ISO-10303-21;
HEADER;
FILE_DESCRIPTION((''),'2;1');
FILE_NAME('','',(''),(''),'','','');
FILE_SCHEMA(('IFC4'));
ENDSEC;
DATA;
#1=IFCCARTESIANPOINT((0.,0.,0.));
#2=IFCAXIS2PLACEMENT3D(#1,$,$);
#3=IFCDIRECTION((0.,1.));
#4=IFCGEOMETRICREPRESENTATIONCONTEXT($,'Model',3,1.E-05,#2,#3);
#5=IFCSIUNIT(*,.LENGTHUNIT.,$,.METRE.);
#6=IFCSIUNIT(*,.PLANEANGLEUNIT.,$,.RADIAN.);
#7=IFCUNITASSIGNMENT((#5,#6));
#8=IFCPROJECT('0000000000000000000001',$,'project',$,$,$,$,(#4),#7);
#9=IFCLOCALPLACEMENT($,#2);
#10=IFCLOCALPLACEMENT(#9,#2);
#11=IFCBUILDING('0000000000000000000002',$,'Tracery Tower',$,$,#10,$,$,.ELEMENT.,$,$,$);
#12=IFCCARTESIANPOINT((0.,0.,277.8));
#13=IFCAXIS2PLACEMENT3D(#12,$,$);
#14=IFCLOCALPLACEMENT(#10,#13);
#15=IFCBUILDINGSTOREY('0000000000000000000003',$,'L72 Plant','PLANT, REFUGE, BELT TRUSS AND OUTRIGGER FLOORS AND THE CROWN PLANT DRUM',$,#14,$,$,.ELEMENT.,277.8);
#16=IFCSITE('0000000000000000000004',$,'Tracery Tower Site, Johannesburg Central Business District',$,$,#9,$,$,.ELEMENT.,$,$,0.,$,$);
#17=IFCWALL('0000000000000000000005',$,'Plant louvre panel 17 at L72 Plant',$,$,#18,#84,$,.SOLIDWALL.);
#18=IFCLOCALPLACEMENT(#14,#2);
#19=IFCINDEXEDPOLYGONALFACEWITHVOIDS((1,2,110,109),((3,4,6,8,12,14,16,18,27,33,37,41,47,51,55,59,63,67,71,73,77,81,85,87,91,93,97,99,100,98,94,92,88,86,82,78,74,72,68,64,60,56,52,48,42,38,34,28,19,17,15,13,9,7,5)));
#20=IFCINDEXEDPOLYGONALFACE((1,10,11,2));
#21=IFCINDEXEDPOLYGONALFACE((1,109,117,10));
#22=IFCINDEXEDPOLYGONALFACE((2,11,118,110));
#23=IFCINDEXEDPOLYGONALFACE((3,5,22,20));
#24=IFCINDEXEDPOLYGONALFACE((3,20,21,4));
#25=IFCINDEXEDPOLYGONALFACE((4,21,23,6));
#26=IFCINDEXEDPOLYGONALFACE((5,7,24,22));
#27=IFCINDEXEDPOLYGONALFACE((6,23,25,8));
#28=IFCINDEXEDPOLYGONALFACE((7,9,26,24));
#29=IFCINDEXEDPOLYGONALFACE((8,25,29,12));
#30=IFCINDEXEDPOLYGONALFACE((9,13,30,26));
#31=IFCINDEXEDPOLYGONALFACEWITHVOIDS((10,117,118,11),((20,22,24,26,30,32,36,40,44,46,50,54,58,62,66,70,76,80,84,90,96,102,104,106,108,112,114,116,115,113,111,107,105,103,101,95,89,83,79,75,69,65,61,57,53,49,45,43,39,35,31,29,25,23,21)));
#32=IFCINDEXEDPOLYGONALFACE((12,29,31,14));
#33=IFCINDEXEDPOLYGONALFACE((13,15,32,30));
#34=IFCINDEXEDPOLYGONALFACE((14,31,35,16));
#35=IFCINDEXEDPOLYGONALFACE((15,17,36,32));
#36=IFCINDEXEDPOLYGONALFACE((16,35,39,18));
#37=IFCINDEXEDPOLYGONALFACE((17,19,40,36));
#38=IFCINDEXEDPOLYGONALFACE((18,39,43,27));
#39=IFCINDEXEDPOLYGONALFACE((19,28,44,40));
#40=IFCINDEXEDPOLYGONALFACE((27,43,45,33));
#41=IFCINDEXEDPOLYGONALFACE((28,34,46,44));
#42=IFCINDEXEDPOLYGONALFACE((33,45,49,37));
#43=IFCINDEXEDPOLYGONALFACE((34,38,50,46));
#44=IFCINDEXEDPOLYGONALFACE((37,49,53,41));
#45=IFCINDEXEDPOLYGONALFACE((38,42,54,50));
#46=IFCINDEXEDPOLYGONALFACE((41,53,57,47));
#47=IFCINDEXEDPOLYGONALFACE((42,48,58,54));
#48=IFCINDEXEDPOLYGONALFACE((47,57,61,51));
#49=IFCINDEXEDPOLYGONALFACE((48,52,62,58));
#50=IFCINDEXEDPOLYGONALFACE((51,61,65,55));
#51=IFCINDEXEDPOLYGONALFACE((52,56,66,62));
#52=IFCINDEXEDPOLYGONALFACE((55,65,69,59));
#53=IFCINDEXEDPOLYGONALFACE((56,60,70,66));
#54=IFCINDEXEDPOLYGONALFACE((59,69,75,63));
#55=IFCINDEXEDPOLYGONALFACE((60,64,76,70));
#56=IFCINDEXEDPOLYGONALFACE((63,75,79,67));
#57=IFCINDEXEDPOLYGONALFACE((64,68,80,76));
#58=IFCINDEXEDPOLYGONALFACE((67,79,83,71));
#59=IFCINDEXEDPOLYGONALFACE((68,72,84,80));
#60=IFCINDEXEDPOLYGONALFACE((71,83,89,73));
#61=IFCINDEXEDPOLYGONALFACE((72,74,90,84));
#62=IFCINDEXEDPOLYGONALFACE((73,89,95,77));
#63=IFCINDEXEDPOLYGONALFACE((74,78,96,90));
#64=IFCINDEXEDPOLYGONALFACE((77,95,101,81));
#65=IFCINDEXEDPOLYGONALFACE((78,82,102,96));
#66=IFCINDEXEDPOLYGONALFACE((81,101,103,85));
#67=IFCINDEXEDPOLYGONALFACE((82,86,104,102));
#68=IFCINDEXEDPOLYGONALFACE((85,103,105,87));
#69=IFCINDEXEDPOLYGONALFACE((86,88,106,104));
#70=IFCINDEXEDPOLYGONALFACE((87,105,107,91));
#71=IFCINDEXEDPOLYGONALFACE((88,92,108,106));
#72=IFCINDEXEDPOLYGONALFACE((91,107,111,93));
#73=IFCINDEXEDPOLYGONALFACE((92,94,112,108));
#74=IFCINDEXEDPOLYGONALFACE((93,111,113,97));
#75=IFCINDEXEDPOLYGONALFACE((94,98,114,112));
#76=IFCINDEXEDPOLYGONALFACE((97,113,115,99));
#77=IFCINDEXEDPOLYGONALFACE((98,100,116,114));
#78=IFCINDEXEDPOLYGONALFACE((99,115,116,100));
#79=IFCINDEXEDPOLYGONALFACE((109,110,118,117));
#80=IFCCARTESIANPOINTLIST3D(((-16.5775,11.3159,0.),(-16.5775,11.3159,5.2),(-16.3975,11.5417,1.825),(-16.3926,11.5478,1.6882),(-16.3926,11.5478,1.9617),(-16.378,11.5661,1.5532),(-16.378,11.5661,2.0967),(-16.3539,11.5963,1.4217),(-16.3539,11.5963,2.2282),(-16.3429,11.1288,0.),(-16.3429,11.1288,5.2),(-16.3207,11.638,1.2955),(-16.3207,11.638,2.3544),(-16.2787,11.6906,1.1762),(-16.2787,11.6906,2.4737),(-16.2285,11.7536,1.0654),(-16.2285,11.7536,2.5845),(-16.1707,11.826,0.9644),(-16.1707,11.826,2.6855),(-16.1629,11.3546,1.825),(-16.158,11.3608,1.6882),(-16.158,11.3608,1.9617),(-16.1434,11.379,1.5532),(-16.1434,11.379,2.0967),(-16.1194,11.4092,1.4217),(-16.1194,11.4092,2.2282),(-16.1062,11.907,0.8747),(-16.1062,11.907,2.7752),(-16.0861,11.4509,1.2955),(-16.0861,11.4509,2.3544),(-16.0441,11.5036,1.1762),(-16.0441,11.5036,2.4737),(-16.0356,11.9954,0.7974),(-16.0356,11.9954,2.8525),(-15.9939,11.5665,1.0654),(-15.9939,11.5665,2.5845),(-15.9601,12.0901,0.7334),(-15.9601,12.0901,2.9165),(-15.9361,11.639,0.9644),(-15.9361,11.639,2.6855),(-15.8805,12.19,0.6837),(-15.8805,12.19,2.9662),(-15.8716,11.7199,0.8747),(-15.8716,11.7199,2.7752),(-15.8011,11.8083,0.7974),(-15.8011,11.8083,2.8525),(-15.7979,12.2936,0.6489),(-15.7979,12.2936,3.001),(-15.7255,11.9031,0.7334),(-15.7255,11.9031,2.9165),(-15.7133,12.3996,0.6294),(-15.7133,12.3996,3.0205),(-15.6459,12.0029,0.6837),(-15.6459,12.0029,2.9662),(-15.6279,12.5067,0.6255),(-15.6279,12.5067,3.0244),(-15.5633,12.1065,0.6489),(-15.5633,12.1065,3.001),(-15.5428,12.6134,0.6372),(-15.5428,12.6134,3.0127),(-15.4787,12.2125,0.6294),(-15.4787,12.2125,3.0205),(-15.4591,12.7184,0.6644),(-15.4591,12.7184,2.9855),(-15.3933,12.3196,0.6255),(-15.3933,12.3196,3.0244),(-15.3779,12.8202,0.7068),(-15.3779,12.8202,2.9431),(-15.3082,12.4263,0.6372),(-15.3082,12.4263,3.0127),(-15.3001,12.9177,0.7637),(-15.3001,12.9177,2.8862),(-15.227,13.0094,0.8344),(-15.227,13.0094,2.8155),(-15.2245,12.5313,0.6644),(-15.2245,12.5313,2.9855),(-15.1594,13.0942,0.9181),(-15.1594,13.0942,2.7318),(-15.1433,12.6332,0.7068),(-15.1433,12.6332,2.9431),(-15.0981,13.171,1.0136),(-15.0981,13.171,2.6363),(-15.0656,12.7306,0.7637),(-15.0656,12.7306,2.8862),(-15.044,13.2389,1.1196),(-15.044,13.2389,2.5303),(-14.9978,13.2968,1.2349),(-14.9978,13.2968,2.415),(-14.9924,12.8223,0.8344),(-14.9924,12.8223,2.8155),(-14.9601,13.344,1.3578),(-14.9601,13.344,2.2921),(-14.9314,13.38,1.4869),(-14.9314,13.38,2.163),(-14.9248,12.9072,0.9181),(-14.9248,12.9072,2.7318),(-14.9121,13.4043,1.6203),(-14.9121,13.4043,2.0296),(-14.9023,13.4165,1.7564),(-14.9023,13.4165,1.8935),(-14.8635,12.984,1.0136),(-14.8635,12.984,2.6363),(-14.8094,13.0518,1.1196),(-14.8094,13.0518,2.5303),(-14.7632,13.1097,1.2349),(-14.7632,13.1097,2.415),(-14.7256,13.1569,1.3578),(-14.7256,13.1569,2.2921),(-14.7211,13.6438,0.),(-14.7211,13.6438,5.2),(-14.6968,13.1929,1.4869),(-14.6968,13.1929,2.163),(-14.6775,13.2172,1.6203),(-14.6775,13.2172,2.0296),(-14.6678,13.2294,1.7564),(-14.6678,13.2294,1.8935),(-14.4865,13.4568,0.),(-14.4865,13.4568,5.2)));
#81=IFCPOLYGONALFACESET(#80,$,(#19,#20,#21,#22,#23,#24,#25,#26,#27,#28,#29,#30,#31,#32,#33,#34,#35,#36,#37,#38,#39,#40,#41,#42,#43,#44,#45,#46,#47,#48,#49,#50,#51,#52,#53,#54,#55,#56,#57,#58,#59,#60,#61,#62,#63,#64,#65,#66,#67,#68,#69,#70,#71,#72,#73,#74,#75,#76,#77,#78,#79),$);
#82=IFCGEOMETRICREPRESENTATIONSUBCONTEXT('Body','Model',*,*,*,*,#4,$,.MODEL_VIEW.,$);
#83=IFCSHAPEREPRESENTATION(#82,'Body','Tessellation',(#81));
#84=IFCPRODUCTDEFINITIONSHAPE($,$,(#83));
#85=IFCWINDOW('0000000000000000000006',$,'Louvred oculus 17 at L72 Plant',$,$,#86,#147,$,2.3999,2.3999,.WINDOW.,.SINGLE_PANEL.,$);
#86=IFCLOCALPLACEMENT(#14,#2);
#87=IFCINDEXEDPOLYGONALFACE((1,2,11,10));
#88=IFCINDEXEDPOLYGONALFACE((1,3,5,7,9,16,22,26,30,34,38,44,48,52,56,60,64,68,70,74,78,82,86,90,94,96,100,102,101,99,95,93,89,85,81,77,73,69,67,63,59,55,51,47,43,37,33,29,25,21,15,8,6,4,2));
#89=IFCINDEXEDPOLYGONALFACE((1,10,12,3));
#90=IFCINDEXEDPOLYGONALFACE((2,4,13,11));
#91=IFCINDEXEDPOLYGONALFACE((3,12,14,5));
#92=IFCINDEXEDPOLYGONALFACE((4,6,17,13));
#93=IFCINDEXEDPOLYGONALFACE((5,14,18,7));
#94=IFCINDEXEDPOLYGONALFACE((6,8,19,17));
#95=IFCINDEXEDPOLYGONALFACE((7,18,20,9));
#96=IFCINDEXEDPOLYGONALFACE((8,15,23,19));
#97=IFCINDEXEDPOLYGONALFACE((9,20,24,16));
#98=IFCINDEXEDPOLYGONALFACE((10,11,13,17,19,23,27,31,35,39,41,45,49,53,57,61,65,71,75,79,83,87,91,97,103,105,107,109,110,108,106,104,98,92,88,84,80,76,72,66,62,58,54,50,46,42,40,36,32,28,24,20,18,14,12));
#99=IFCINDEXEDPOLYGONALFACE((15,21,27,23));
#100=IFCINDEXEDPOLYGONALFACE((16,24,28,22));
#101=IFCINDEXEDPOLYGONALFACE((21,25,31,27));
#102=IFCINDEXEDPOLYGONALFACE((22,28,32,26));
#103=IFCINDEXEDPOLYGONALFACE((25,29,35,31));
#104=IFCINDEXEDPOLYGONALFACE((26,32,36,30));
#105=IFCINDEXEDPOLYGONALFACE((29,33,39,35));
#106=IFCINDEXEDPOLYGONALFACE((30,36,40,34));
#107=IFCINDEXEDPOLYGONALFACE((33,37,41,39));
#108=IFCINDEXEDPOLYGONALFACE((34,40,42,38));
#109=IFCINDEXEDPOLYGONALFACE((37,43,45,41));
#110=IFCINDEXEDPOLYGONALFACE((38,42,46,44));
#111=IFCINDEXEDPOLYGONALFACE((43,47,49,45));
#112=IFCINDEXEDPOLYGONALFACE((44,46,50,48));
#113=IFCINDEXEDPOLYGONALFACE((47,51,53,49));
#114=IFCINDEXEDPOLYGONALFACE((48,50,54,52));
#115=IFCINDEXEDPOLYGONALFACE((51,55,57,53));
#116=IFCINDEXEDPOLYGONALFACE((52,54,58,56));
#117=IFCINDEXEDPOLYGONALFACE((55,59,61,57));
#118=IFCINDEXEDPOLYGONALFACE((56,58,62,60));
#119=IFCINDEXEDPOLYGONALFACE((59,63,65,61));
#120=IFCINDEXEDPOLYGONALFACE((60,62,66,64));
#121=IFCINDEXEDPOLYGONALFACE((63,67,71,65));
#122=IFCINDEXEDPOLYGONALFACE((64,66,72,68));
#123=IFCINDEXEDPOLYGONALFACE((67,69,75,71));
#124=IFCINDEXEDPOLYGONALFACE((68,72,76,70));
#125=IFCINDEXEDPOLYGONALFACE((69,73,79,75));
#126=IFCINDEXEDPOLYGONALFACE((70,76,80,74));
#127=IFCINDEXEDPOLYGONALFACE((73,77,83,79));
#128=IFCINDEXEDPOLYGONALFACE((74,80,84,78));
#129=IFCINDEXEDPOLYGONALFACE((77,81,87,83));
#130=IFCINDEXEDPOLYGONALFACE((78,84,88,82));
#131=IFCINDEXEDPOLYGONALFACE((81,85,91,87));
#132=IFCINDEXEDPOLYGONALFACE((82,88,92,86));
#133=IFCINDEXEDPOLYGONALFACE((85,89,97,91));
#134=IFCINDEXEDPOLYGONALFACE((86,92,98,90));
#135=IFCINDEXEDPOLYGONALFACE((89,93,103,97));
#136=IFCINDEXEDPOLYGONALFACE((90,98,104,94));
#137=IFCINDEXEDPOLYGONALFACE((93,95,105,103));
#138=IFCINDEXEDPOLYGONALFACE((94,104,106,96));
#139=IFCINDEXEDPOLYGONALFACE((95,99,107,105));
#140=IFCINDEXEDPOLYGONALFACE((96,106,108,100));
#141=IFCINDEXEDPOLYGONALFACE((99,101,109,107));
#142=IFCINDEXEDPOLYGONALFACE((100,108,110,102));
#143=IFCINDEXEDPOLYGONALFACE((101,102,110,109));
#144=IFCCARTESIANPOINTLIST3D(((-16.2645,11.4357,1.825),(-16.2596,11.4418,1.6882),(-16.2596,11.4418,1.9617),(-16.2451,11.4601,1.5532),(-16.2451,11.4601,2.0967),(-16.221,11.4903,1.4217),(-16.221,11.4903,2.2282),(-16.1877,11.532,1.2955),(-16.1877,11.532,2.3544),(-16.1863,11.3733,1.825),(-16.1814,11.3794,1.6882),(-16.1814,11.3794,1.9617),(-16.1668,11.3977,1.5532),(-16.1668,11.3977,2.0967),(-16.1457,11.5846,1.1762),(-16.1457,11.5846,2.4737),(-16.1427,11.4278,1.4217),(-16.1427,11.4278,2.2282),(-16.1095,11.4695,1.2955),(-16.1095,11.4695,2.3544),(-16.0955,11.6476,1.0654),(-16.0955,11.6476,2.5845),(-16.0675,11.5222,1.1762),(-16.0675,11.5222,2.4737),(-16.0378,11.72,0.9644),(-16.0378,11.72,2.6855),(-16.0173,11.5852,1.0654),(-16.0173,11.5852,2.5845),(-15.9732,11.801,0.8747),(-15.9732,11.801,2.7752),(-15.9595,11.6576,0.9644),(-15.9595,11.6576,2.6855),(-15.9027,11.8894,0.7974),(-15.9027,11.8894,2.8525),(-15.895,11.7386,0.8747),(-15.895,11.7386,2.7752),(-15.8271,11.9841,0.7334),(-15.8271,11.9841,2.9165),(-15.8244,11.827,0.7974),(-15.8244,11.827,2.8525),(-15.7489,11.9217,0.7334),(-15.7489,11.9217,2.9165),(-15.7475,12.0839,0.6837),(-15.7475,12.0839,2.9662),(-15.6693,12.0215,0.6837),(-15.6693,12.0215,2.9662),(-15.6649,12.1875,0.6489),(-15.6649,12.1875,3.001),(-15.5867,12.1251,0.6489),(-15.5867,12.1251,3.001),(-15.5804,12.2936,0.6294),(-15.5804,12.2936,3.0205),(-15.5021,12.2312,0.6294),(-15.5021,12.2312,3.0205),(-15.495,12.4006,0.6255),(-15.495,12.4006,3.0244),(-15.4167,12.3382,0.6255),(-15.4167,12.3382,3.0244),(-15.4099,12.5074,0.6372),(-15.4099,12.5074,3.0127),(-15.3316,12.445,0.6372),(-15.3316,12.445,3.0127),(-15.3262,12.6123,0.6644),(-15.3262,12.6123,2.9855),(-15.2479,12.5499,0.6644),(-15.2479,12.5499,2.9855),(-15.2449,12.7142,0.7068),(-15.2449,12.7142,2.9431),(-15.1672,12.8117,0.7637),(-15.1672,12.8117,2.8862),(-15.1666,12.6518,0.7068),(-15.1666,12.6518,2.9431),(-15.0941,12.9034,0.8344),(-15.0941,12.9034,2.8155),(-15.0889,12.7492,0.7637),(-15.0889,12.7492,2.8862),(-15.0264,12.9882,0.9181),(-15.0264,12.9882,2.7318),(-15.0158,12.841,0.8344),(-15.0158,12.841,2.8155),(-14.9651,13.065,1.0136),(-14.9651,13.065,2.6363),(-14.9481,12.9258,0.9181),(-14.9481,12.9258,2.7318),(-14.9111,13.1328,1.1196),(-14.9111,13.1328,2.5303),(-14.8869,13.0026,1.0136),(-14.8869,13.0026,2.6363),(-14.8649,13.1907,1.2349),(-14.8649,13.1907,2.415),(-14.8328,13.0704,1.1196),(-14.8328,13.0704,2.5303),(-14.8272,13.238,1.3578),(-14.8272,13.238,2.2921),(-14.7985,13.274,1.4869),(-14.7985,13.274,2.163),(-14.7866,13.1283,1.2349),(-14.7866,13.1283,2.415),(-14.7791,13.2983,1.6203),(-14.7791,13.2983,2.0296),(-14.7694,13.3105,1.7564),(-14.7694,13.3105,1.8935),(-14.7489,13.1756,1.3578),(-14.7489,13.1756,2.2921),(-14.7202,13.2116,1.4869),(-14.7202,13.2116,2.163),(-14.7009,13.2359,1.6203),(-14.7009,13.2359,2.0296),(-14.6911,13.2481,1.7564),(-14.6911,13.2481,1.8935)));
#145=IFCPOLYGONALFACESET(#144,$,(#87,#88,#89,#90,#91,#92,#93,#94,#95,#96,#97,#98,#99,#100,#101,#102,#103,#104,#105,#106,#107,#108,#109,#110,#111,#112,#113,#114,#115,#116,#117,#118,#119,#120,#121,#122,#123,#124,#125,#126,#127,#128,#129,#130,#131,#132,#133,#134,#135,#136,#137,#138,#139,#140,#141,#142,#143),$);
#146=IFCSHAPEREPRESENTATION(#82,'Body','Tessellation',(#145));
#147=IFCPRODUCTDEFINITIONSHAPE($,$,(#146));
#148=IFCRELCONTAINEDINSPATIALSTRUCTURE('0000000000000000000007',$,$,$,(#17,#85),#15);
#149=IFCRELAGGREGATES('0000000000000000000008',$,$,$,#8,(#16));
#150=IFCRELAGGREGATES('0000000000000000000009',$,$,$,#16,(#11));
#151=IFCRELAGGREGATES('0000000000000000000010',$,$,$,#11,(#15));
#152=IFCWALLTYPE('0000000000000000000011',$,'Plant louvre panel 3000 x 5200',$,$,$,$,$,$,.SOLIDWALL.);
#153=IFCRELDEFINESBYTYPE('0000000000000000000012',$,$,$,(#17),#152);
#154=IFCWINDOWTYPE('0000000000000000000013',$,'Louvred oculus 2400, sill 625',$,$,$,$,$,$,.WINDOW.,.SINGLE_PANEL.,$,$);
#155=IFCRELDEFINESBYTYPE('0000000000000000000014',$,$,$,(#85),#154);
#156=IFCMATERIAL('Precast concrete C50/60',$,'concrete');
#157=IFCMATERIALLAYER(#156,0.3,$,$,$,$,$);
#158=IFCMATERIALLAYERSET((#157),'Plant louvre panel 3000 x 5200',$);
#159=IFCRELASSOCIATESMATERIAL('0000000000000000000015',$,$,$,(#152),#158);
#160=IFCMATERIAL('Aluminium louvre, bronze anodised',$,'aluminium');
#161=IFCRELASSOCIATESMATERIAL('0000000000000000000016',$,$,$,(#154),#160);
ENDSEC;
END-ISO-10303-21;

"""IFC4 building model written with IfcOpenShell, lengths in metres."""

from ifc_helpers import new_model, si_unit, direction, frame, frame_2d, origin, origin_2d, place, context, subcontext, project, spatial, rectangle, circle, extrude, material, layer, layer_set, type_object, element, fill, save


model = new_model("IFC4")

# Units and contexts
model_context = context("Model", 3, precision=1e-05, world=origin(), true_north=direction((0.0, 1.0)))
body_context = subcontext(model_context, "Body", "Model", "MODEL_VIEW")
ifc_project = project(units=[si_unit("LENGTHUNIT", "METRE"), si_unit("PLANEANGLEUNIT", "RADIAN")], contexts=[model_context])

# Site, building, storey
site_placement = place(None, origin())
site = spatial("IfcSite", under=ifc_project, at=site_placement, Name="Tracery Tower Site, Johannesburg Central Business District", CompositionType="ELEMENT", RefElevation=0.0)
building_placement = place(site_placement, origin())
building = spatial("IfcBuilding", under=site, at=building_placement, Name="Tracery Tower", CompositionType="ELEMENT")
storey_placement = place(building_placement, frame((0.0, 0.0, 277.8)))
storey = spatial("IfcBuildingStorey", under=building, at=storey_placement, Name="L72 Plant", Description="PLANT, REFUGE, BELT TRUSS AND OUTRIGGER FLOORS AND THE CROWN PLANT DRUM", CompositionType="ELEMENT", Elevation=277.8)

# Wall, opening, window
ifc_material_1 = material(Name="Precast concrete C50/60", Category="concrete")
ifc_layer_1 = layer(ifc_material_1, 0.3)
ifc_layer_set_1 = layer_set([ifc_layer_1], Name="Plant louvre panel 3000 x 5200")
wall_type_1 = type_object("IfcWallType", Name="Plant louvre panel 3000 x 5200", PredefinedType="SOLIDWALL", material=ifc_layer_set_1)
wall_1_placement = place(storey_placement, frame((-14.6038, 13.5503, 0.0), z_axis=(0.0, 0.0, 1.0), x_axis=(-0.623494, -0.781828, 0.0)))
wall_1 = element("IfcWall", 1, at=wall_1_placement, inside=storey, type_object=wall_type_1, Name="Plant louvre panel 17 at L72 Plant", PredefinedType="SOLIDWALL", context=body_context, shape_type="SweptSolid", body=[
    extrude(rectangle(XDim=2.9775, YDim=0.3, at=frame_2d((1.4888, 0.0))), origin(), (0.0, 0.0, 1.0), 5.2),
])
opening_1_placement = place(wall_1_placement, frame((1.4888, 0.0, 1.825)))
opening_1 = element("IfcOpeningElement", 2, at=opening_1_placement, cuts=wall_1, PredefinedType="OPENING", context=body_context, shape_type="SweptSolid", body=[
    extrude(circle(Radius=1.2, at=origin_2d()), frame((0.0, 0.1599, 0.0), z_axis=(0.0, -1.0, 0.0), x_axis=(1.0, 0.0, 0.0)), (0.0, 0.0, 1.0), 0.3201),
])
ifc_material_2 = material(Name="Aluminium louvre, bronze anodised", Category="aluminium")
window_type = type_object("IfcWindowType", Name="Louvred oculus 2400, sill 625", PartitioningType="SINGLE_PANEL", PredefinedType="WINDOW", material=ifc_material_2)
window_1_placement = place(opening_1_placement, origin())
window_1 = element("IfcWindow", 3, at=window_1_placement, inside=storey, type_object=window_type, Name="Louvred oculus 17 at L72 Plant", OverallHeight=2.3999, OverallWidth=2.3999, PartitioningType="SINGLE_PANEL", PredefinedType="WINDOW", context=body_context, shape_type="SweptSolid", body=[
    extrude(circle(Radius=1.2, at=origin_2d()), frame((0.0, 0.1201, 0.0), z_axis=(0.0, -1.0, 0.0), x_axis=(1.0, 0.0, 0.0)), (0.0, 0.0, 1.0), 0.1001),
])
fill(opening_1, window_1)

save(model, "model.ifc")
